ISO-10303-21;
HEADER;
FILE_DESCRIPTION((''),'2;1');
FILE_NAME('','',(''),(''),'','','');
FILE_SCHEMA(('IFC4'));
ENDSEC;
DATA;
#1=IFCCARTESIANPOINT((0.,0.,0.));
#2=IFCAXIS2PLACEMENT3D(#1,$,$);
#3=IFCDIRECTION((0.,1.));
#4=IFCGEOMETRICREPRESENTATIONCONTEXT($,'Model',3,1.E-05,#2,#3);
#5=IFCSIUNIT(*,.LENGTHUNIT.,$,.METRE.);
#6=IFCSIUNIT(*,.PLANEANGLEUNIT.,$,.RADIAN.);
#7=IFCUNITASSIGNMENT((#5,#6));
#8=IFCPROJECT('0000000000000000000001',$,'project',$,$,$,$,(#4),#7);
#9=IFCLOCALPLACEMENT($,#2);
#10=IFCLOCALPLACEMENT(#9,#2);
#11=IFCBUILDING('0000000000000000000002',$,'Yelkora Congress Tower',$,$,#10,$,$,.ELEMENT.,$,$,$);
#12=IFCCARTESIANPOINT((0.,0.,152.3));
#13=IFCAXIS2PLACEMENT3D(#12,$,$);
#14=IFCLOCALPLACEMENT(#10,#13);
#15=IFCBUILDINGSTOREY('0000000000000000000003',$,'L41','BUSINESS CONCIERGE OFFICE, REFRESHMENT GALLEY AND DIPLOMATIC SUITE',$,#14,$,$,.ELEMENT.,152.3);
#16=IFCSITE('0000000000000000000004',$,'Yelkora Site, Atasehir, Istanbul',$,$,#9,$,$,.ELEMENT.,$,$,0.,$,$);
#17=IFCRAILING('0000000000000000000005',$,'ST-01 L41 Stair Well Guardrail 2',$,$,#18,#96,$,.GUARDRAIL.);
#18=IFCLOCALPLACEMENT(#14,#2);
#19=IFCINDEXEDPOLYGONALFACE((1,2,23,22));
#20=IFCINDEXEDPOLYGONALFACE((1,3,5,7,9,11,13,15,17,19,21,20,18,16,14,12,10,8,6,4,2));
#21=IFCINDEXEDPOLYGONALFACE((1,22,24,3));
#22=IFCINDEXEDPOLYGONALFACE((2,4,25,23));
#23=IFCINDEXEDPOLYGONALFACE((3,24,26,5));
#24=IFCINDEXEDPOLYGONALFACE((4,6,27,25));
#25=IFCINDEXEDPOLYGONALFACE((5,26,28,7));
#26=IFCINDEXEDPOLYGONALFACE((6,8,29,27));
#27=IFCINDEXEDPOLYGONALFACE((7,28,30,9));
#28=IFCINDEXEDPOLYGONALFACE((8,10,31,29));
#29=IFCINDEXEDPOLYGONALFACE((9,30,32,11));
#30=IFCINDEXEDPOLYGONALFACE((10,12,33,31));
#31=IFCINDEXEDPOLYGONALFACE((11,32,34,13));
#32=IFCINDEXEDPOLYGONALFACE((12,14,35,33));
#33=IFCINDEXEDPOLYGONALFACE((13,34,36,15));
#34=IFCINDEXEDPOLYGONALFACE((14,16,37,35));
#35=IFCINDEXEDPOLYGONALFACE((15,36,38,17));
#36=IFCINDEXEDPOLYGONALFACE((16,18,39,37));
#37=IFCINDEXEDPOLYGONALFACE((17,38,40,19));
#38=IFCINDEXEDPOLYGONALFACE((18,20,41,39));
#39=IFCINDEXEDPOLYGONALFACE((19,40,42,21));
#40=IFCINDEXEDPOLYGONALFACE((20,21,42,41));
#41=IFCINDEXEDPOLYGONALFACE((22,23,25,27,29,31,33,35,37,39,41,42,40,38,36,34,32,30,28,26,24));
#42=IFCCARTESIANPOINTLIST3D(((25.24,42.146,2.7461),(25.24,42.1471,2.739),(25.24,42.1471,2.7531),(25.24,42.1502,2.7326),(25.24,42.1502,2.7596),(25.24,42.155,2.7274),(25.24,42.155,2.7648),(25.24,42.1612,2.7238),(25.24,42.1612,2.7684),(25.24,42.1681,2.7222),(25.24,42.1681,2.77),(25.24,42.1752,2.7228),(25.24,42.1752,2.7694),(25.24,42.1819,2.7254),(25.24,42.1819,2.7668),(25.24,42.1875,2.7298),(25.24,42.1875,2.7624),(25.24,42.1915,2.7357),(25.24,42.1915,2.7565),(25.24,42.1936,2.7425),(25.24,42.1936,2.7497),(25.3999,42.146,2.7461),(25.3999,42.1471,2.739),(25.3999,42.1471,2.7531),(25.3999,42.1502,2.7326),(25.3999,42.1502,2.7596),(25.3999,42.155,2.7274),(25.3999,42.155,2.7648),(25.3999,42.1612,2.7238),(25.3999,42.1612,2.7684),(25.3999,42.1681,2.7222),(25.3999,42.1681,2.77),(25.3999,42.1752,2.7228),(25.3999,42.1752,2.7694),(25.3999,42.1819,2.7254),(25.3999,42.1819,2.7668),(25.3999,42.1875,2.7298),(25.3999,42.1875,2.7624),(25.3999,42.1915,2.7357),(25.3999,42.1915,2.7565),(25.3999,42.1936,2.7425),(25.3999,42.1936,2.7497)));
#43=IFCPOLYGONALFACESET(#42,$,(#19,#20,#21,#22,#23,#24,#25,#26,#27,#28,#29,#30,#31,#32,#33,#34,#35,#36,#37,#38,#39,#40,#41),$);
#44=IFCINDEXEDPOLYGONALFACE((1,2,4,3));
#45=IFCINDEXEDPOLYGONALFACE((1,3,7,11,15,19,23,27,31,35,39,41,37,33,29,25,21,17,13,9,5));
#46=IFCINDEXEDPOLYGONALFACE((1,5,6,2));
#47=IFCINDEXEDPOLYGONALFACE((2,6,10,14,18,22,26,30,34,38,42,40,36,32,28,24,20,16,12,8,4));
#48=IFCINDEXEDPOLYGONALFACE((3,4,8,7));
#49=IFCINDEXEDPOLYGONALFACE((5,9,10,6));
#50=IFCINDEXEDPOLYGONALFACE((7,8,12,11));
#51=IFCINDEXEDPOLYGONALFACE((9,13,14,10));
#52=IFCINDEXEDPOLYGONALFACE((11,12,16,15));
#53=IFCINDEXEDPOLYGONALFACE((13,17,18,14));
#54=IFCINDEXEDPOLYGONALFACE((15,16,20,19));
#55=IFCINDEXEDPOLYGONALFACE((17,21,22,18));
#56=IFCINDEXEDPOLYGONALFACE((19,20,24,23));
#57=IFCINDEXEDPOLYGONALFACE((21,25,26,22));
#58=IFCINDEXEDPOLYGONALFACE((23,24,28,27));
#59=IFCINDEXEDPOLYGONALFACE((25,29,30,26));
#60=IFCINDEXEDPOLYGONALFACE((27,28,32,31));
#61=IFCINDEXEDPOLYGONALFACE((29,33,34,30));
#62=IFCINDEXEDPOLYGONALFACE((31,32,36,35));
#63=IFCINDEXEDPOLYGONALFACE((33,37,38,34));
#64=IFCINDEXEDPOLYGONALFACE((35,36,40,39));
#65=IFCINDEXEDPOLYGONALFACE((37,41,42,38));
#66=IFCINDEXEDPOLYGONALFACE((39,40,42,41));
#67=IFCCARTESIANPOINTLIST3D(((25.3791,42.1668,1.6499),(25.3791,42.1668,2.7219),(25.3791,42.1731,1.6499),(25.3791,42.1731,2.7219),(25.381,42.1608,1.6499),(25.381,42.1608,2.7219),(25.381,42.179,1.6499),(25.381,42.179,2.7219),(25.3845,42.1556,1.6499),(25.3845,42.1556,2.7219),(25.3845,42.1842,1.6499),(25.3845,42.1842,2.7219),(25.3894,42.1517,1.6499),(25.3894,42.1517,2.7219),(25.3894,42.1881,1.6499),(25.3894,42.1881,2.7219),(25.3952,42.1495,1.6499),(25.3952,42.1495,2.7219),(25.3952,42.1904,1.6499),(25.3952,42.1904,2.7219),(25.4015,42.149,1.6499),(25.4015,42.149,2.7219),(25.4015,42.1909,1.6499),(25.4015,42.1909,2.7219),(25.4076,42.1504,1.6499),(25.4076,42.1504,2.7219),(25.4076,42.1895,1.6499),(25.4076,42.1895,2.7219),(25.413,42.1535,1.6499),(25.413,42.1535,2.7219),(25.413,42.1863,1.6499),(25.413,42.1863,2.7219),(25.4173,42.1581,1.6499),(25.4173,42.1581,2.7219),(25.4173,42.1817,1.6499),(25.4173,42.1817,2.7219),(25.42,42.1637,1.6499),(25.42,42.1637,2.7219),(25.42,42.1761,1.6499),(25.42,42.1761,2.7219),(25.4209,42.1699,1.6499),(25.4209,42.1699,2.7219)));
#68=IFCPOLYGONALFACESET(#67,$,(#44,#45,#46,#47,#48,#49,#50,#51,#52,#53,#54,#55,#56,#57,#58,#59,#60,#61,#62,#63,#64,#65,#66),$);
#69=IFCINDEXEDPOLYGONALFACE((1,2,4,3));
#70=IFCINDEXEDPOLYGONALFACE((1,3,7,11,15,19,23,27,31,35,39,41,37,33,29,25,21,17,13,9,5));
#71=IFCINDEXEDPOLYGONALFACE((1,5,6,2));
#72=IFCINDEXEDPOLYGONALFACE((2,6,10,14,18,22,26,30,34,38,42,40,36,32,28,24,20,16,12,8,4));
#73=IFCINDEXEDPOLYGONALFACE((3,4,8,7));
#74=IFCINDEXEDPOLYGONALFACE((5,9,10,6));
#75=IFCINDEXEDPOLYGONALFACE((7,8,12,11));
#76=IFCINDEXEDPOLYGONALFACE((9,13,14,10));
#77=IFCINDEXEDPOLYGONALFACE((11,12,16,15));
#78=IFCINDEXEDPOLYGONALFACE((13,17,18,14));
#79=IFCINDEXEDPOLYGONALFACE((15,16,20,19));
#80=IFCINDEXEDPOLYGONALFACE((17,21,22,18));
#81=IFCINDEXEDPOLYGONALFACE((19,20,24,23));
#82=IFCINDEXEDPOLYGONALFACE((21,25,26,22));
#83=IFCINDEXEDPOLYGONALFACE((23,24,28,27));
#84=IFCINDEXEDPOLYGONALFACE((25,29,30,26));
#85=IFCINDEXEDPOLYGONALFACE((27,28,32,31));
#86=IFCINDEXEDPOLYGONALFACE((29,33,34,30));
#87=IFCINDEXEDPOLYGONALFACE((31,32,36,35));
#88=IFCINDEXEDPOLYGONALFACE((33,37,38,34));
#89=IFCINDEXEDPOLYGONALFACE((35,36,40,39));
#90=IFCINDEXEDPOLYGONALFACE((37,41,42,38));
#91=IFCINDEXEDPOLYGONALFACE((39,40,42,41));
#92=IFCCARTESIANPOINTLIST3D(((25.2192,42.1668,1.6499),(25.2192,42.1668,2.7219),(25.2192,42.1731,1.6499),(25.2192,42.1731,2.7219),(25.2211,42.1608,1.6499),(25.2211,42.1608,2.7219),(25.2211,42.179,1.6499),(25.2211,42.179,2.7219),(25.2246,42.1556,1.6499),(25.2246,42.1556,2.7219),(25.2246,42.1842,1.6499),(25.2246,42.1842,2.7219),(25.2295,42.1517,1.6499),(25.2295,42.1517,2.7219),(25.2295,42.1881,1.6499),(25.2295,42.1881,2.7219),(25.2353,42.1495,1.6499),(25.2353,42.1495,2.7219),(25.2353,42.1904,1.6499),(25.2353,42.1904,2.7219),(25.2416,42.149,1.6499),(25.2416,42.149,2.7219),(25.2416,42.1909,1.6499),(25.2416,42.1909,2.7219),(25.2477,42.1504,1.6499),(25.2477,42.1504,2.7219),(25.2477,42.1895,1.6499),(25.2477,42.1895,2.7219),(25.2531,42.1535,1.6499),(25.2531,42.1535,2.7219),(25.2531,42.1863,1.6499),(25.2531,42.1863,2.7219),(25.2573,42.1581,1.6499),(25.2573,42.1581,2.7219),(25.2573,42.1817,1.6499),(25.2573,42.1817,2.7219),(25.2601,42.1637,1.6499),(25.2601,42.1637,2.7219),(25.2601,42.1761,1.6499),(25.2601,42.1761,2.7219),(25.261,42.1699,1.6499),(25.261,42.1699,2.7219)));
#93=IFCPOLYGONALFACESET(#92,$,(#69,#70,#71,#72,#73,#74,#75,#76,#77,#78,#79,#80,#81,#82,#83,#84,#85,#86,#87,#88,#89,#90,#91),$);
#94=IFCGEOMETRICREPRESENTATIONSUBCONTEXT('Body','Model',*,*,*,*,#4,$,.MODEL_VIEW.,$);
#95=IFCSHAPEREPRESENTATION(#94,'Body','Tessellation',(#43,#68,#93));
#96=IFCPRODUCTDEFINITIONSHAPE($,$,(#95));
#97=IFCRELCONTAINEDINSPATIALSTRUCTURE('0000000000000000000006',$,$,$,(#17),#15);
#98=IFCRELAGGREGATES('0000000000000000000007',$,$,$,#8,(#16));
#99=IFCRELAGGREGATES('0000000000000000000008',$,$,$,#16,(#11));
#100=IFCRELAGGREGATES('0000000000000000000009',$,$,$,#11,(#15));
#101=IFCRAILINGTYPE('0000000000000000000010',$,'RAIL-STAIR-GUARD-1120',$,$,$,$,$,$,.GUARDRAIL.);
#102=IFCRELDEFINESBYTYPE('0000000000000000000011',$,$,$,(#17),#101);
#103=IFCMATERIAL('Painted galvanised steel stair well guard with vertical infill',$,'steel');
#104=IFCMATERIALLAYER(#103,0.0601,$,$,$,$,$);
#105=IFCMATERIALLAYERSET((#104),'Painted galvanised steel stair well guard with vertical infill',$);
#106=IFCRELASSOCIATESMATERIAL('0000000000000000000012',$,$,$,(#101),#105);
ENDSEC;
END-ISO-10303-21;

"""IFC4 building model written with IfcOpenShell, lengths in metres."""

from ifc_helpers import new_model, si_unit, direction, frame, origin, origin_2d, place, context, subcontext, project, spatial, circle, extrude, material, layer, layer_set, type_object, element, save


model = new_model("IFC4")

# Units and contexts
model_context = context("Model", 3, precision=1e-05, world=origin(), true_north=direction((0.0, 1.0)))
body_context = subcontext(model_context, "Body", "Model", "MODEL_VIEW")
ifc_project = project(units=[si_unit("LENGTHUNIT", "METRE"), si_unit("PLANEANGLEUNIT", "RADIAN")], contexts=[model_context])

# Site, building, storey
site_placement = place(None, origin())
site = spatial("IfcSite", under=ifc_project, at=site_placement, Name="Yelkora Site, Atasehir, Istanbul", CompositionType="ELEMENT", RefElevation=0.0)
building_placement = place(site_placement, origin())
building = spatial("IfcBuilding", under=site, at=building_placement, Name="Yelkora Congress Tower", CompositionType="ELEMENT")
storey_placement = place(building_placement, frame((0.0, 0.0, 152.3)))
storey = spatial("IfcBuildingStorey", under=building, at=storey_placement, Name="L41", Description="BUSINESS CONCIERGE OFFICE, REFRESHMENT GALLEY AND DIPLOMATIC SUITE", CompositionType="ELEMENT", Elevation=152.3)

# Railing
ifc_material_1 = material(Name="Painted galvanised steel stair well guard with vertical infill", Category="steel")
ifc_layer_1 = layer(ifc_material_1, 0.0601)
ifc_layer_set_1 = layer_set([ifc_layer_1], Name="Painted galvanised steel stair well guard with vertical infill")
railing_type_1 = type_object("IfcRailingType", Name="RAIL-STAIR-GUARD-1120", PredefinedType="GUARDRAIL", material=ifc_layer_set_1)
railing_1_placement = place(storey_placement, frame((25.3999, 42.1699, 1.6499)))
element("IfcRailing", 1, at=railing_1_placement, inside=storey, type_object=railing_type_1, Name="ST-01 L41 Stair Well Guardrail 2", PredefinedType="GUARDRAIL", context=body_context, shape_type="SweptSolid", body=[
    extrude(circle(Radius=0.0239, at=origin_2d()), frame((0.0, 0.0, 1.0962), z_axis=(-1.0, 0.0, 0.0), x_axis=(0.0, -1.0, 0.0)), (0.0, 0.0, 1.0), 0.1599),
    extrude(circle(Radius=0.021, at=origin_2d()), origin(), (0.0, 0.0, 1.0), 1.072),
    extrude(circle(Radius=0.021, at=origin_2d()), frame((-0.1599, 0.0, 0.0)), (0.0, 0.0, 1.0), 1.072),
])

save(model, "model.ifc")
